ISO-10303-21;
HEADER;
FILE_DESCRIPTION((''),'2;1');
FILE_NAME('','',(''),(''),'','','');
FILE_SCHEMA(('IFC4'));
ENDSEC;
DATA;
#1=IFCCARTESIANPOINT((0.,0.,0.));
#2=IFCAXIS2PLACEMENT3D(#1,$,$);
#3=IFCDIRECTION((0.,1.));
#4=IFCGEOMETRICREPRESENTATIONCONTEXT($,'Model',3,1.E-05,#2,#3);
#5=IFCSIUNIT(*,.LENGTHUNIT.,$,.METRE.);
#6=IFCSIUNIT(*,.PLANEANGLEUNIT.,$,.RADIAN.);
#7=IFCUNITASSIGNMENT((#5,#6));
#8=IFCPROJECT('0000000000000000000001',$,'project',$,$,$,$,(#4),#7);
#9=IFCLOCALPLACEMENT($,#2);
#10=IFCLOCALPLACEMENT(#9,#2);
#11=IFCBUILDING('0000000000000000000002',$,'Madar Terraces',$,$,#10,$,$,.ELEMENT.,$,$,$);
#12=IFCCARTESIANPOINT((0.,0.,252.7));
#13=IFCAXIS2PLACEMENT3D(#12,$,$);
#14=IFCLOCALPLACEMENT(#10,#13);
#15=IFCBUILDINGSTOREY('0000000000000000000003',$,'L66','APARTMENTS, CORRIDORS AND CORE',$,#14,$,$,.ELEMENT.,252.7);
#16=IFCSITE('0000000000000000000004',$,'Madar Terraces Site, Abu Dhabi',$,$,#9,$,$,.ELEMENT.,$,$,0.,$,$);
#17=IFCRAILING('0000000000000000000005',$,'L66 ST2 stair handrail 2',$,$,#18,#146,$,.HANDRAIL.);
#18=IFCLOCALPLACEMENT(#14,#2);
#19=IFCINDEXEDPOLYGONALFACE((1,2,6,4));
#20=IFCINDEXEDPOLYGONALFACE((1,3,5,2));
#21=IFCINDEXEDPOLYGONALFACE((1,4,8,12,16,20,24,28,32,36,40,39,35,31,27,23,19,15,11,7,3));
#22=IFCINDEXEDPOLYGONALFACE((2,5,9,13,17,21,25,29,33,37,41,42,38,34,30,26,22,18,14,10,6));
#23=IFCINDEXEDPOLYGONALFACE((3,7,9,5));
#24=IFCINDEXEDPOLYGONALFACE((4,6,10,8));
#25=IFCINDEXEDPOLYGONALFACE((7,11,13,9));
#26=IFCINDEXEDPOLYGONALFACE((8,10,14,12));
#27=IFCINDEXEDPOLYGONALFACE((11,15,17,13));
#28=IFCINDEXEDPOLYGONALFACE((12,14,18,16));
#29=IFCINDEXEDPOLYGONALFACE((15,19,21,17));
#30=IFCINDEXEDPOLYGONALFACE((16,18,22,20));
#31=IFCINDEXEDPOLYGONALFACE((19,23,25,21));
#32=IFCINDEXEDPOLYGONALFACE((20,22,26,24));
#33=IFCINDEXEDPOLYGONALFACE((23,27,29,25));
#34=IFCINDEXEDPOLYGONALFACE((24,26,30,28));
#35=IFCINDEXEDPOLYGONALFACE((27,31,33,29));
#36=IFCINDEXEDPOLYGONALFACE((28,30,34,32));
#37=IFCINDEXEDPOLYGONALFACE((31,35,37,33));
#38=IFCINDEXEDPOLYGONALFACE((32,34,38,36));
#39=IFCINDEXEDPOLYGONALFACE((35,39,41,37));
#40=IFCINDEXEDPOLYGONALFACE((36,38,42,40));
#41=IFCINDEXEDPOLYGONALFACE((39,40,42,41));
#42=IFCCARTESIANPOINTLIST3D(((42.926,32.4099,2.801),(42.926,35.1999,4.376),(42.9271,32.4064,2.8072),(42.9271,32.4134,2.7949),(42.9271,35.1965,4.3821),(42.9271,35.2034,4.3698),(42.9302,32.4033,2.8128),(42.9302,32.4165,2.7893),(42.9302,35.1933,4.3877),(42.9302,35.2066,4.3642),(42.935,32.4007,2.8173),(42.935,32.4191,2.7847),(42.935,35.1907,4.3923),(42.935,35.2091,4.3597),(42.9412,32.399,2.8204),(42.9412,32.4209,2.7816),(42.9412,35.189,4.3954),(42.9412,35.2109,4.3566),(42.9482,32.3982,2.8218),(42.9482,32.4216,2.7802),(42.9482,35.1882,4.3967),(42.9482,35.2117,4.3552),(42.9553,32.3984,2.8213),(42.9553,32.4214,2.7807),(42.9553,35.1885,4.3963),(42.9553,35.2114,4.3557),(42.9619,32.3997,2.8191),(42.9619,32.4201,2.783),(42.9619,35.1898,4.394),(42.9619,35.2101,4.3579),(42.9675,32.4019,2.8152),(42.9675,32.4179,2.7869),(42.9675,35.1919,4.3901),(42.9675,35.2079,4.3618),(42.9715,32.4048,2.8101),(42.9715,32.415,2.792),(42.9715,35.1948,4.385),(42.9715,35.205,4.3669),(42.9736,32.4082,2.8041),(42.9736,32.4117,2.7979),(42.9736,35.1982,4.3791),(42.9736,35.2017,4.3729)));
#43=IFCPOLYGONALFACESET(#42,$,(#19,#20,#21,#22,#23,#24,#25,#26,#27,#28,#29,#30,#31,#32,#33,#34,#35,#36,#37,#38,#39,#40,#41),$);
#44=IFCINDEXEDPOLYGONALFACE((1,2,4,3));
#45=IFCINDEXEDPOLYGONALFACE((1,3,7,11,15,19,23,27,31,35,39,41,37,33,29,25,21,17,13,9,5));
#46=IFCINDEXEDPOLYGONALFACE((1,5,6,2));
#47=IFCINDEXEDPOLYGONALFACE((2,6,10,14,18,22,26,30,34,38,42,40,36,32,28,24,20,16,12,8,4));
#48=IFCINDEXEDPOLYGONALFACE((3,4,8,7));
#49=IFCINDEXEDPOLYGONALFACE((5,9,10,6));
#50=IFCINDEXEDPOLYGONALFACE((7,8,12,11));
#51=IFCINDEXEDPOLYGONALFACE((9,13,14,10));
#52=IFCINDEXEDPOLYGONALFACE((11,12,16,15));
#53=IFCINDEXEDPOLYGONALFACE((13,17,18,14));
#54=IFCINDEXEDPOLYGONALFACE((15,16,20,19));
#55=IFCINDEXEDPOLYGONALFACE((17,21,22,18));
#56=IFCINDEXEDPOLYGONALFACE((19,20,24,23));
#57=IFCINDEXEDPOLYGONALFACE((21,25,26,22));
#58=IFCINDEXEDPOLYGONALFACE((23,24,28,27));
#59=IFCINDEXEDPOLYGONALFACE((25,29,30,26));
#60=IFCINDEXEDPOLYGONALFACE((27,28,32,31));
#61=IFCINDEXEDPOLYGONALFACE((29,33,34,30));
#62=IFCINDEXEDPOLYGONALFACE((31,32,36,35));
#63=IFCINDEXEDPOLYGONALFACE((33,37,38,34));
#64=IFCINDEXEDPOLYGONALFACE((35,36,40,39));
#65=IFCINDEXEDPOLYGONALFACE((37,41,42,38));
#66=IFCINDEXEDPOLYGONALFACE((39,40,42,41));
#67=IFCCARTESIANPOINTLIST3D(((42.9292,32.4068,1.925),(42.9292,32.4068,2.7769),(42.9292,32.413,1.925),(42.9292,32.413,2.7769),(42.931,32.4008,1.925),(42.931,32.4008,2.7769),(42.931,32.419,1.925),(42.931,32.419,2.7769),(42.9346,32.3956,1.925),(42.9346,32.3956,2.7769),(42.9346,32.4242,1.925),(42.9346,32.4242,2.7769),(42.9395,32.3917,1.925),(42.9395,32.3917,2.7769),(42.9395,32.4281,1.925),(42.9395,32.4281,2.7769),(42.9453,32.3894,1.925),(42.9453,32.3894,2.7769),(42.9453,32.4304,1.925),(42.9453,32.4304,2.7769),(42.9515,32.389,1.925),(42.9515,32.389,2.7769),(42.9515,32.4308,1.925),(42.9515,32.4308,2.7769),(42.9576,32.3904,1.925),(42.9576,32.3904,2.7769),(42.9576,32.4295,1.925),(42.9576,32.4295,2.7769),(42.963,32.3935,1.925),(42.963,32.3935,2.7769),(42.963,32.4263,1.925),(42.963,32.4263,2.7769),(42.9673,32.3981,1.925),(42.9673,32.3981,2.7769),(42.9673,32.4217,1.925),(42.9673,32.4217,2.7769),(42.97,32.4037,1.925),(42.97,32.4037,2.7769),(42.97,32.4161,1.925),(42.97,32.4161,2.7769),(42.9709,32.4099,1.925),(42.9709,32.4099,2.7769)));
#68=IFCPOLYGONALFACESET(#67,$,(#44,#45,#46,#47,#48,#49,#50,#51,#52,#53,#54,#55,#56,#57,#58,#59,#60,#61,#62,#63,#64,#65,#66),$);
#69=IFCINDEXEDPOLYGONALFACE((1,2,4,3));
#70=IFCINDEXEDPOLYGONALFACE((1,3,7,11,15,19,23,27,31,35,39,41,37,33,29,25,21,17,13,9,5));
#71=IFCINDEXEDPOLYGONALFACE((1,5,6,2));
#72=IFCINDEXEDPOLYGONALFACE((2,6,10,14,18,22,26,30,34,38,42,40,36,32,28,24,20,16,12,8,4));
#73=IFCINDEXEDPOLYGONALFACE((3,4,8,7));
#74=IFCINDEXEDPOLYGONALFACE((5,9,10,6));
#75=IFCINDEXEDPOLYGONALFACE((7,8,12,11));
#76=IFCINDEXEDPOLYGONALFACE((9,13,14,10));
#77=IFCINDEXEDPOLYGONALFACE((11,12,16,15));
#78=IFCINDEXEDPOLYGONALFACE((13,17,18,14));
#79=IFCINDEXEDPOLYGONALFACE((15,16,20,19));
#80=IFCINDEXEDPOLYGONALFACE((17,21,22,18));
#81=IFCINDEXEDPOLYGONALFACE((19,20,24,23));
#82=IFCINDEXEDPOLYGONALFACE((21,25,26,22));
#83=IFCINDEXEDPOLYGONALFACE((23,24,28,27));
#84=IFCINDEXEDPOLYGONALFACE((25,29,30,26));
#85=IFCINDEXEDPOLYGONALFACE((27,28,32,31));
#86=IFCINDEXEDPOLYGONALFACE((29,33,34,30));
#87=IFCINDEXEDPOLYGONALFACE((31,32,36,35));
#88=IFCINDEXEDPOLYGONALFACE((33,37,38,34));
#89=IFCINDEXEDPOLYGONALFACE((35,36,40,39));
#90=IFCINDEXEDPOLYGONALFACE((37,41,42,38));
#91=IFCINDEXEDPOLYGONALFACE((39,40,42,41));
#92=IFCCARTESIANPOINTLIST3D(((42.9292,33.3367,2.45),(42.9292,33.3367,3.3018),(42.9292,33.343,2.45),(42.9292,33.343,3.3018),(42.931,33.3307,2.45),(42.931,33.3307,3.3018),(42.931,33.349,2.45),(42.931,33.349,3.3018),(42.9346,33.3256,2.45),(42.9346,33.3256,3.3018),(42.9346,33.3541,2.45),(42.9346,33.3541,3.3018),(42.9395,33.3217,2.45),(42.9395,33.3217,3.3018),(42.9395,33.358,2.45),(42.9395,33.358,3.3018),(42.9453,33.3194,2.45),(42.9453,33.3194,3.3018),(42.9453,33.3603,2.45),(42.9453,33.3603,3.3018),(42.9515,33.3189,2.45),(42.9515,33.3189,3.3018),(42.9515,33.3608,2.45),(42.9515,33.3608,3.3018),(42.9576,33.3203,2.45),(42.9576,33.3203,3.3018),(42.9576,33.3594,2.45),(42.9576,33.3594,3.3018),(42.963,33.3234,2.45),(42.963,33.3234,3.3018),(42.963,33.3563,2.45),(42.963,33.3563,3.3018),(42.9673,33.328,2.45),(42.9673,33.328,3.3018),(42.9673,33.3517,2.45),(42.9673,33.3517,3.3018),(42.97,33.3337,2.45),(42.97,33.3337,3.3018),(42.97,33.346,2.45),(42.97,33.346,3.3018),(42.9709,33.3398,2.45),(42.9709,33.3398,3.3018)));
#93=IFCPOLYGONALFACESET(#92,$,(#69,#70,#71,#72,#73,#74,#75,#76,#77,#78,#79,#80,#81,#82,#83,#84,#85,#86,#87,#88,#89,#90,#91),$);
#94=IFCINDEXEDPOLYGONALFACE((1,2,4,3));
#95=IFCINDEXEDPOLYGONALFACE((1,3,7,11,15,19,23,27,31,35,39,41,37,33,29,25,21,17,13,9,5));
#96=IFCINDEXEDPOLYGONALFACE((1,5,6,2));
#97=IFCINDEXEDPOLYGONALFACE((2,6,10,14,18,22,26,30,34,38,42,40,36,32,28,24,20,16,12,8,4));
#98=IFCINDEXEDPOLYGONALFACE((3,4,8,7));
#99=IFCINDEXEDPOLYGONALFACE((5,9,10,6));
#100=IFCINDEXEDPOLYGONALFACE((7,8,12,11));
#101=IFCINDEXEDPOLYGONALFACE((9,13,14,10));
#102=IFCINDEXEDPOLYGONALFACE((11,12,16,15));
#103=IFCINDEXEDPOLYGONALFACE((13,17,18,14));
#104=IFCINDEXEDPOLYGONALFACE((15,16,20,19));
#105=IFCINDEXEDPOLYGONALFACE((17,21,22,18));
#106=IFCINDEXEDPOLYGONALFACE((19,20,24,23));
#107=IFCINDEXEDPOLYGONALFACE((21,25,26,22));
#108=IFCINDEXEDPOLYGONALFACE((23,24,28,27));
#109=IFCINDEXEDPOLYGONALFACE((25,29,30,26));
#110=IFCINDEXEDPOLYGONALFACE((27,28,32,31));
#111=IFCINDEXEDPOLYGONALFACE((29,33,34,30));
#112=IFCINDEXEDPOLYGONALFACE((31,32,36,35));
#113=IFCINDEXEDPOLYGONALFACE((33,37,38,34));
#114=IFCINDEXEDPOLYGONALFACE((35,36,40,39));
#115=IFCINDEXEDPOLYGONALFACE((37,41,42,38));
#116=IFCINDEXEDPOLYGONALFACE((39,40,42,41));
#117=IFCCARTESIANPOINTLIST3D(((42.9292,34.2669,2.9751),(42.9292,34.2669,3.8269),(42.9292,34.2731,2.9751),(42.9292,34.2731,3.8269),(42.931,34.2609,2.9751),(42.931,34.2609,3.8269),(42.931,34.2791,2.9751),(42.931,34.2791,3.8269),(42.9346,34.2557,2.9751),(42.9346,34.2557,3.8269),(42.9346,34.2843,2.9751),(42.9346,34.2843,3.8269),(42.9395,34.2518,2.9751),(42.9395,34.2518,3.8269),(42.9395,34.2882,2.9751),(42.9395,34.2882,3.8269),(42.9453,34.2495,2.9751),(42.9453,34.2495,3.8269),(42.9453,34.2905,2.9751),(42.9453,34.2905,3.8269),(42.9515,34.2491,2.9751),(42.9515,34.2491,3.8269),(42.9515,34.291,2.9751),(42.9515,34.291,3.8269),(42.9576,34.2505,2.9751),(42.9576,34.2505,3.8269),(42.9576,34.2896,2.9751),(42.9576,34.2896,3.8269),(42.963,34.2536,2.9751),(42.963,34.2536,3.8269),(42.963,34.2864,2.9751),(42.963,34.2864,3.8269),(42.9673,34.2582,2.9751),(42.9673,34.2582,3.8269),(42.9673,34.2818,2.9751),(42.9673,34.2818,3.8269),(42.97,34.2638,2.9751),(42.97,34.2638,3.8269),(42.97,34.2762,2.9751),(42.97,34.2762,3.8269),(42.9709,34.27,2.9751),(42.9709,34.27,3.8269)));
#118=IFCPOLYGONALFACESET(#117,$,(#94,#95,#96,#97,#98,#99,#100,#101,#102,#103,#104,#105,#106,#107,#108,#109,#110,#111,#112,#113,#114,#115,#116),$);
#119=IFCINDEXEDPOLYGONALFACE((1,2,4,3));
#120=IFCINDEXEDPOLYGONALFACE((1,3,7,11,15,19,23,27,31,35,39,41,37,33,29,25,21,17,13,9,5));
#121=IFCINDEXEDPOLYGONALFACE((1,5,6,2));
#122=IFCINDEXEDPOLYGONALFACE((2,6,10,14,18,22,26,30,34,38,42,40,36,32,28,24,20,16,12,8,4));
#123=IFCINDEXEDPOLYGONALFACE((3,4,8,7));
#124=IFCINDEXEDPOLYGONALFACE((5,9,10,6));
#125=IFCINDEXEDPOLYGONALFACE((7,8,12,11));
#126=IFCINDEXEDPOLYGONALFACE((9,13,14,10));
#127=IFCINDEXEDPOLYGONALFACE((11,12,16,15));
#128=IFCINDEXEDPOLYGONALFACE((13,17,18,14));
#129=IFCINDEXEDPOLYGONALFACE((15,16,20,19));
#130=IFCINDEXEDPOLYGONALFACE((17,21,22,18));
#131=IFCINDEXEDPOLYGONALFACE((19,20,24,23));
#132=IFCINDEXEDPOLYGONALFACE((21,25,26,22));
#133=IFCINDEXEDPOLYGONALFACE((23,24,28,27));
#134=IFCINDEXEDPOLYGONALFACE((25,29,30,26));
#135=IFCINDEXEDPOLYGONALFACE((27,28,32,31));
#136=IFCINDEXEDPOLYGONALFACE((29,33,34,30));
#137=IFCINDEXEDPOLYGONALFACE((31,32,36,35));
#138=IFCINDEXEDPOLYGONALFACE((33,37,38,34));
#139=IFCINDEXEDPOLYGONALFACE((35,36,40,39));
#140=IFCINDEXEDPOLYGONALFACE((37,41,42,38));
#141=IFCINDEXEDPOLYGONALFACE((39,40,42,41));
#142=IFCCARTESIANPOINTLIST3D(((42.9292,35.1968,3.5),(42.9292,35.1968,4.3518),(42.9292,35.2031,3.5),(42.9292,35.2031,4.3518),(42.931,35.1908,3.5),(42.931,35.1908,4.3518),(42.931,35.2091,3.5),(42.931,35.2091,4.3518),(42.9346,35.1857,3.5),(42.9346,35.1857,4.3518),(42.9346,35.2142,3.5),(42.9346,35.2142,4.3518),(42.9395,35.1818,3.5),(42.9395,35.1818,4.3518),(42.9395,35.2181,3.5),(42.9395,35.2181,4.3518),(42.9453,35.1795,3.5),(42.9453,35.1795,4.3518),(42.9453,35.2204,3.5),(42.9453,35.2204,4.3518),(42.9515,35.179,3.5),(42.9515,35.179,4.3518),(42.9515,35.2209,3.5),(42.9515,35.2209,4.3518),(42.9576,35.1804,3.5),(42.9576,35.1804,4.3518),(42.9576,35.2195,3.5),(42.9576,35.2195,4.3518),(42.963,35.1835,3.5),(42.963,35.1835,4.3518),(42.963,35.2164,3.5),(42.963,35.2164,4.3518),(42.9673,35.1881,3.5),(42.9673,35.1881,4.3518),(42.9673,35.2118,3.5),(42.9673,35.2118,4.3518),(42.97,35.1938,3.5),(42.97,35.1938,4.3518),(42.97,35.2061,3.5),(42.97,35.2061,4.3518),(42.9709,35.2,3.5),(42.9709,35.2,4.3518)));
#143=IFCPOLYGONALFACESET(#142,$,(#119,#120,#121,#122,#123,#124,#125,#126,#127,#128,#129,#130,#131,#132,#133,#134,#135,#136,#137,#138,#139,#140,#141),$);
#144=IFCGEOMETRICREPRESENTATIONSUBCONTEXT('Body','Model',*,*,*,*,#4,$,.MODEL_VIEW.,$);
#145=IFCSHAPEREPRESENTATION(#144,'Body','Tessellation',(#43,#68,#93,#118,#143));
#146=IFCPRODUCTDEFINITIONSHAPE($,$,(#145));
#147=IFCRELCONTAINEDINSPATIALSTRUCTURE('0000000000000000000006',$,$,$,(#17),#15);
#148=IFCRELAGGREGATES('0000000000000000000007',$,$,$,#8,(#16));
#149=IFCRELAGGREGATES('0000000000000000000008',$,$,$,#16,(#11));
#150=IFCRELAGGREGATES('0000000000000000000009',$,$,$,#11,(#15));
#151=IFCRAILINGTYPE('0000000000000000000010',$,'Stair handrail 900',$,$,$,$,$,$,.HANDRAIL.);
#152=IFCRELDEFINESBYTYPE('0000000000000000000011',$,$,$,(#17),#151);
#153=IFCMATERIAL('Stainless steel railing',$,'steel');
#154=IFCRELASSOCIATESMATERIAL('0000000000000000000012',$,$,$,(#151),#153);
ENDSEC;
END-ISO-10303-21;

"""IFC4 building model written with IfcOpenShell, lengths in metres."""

from ifc_helpers import new_model, si_unit, direction, frame, origin, origin_2d, place, context, subcontext, project, spatial, circle, extrude, material, type_object, element, save


model = new_model("IFC4")

# Units and contexts
model_context = context("Model", 3, precision=1e-05, world=origin(), true_north=direction((0.0, 1.0)))
body_context = subcontext(model_context, "Body", "Model", "MODEL_VIEW")
ifc_project = project(units=[si_unit("LENGTHUNIT", "METRE"), si_unit("PLANEANGLEUNIT", "RADIAN")], contexts=[model_context])

# Site, building, storey
site_placement = place(None, origin())
site = spatial("IfcSite", under=ifc_project, at=site_placement, Name="Madar Terraces Site, Abu Dhabi", CompositionType="ELEMENT", RefElevation=0.0)
building_placement = place(site_placement, origin())
building = spatial("IfcBuilding", under=site, at=building_placement, Name="Madar Terraces", CompositionType="ELEMENT")
storey_placement = place(building_placement, frame((0.0, 0.0, 252.7)))
storey = spatial("IfcBuildingStorey", under=building, at=storey_placement, Name="L66", Description="APARTMENTS, CORRIDORS AND CORE", CompositionType="ELEMENT", Elevation=252.7)

# Railing
ifc_material_1 = material(Name="Stainless steel railing", Category="steel")
railing_type_1 = type_object("IfcRailingType", Name="Stair handrail 900", PredefinedType="HANDRAIL", material=ifc_material_1)
railing_1_placement = place(storey_placement, frame((42.95, 32.4099, 1.925)))
element("IfcRailing", 1, at=railing_1_placement, inside=storey, type_object=railing_type_1, Name="L66 ST2 stair handrail 2", PredefinedType="HANDRAIL", context=body_context, shape_type="SweptSolid", body=[
    extrude(circle(Radius=0.0239, at=origin_2d()), frame((0.0, 0.0, 0.876), z_axis=(0.0, 0.870834, 0.491578), x_axis=(-1.0, 0.0, 0.0)), (0.0, 0.0, 1.0), 3.2039),
    extrude(circle(Radius=0.021, at=origin_2d()), origin(), (0.0, 0.0, 1.0), 0.8518),
    extrude(circle(Radius=0.021, at=origin_2d()), frame((0.0, 0.9299, 0.5249)), (0.0, 0.0, 1.0), 0.8518),
    extrude(circle(Radius=0.021, at=origin_2d()), frame((0.0, 1.8601, 1.05)), (0.0, 0.0, 1.0), 0.8518),
    extrude(circle(Radius=0.021, at=origin_2d()), frame((0.0, 2.79, 1.575)), (0.0, 0.0, 1.0), 0.8518),
])

save(model, "model.ifc")
